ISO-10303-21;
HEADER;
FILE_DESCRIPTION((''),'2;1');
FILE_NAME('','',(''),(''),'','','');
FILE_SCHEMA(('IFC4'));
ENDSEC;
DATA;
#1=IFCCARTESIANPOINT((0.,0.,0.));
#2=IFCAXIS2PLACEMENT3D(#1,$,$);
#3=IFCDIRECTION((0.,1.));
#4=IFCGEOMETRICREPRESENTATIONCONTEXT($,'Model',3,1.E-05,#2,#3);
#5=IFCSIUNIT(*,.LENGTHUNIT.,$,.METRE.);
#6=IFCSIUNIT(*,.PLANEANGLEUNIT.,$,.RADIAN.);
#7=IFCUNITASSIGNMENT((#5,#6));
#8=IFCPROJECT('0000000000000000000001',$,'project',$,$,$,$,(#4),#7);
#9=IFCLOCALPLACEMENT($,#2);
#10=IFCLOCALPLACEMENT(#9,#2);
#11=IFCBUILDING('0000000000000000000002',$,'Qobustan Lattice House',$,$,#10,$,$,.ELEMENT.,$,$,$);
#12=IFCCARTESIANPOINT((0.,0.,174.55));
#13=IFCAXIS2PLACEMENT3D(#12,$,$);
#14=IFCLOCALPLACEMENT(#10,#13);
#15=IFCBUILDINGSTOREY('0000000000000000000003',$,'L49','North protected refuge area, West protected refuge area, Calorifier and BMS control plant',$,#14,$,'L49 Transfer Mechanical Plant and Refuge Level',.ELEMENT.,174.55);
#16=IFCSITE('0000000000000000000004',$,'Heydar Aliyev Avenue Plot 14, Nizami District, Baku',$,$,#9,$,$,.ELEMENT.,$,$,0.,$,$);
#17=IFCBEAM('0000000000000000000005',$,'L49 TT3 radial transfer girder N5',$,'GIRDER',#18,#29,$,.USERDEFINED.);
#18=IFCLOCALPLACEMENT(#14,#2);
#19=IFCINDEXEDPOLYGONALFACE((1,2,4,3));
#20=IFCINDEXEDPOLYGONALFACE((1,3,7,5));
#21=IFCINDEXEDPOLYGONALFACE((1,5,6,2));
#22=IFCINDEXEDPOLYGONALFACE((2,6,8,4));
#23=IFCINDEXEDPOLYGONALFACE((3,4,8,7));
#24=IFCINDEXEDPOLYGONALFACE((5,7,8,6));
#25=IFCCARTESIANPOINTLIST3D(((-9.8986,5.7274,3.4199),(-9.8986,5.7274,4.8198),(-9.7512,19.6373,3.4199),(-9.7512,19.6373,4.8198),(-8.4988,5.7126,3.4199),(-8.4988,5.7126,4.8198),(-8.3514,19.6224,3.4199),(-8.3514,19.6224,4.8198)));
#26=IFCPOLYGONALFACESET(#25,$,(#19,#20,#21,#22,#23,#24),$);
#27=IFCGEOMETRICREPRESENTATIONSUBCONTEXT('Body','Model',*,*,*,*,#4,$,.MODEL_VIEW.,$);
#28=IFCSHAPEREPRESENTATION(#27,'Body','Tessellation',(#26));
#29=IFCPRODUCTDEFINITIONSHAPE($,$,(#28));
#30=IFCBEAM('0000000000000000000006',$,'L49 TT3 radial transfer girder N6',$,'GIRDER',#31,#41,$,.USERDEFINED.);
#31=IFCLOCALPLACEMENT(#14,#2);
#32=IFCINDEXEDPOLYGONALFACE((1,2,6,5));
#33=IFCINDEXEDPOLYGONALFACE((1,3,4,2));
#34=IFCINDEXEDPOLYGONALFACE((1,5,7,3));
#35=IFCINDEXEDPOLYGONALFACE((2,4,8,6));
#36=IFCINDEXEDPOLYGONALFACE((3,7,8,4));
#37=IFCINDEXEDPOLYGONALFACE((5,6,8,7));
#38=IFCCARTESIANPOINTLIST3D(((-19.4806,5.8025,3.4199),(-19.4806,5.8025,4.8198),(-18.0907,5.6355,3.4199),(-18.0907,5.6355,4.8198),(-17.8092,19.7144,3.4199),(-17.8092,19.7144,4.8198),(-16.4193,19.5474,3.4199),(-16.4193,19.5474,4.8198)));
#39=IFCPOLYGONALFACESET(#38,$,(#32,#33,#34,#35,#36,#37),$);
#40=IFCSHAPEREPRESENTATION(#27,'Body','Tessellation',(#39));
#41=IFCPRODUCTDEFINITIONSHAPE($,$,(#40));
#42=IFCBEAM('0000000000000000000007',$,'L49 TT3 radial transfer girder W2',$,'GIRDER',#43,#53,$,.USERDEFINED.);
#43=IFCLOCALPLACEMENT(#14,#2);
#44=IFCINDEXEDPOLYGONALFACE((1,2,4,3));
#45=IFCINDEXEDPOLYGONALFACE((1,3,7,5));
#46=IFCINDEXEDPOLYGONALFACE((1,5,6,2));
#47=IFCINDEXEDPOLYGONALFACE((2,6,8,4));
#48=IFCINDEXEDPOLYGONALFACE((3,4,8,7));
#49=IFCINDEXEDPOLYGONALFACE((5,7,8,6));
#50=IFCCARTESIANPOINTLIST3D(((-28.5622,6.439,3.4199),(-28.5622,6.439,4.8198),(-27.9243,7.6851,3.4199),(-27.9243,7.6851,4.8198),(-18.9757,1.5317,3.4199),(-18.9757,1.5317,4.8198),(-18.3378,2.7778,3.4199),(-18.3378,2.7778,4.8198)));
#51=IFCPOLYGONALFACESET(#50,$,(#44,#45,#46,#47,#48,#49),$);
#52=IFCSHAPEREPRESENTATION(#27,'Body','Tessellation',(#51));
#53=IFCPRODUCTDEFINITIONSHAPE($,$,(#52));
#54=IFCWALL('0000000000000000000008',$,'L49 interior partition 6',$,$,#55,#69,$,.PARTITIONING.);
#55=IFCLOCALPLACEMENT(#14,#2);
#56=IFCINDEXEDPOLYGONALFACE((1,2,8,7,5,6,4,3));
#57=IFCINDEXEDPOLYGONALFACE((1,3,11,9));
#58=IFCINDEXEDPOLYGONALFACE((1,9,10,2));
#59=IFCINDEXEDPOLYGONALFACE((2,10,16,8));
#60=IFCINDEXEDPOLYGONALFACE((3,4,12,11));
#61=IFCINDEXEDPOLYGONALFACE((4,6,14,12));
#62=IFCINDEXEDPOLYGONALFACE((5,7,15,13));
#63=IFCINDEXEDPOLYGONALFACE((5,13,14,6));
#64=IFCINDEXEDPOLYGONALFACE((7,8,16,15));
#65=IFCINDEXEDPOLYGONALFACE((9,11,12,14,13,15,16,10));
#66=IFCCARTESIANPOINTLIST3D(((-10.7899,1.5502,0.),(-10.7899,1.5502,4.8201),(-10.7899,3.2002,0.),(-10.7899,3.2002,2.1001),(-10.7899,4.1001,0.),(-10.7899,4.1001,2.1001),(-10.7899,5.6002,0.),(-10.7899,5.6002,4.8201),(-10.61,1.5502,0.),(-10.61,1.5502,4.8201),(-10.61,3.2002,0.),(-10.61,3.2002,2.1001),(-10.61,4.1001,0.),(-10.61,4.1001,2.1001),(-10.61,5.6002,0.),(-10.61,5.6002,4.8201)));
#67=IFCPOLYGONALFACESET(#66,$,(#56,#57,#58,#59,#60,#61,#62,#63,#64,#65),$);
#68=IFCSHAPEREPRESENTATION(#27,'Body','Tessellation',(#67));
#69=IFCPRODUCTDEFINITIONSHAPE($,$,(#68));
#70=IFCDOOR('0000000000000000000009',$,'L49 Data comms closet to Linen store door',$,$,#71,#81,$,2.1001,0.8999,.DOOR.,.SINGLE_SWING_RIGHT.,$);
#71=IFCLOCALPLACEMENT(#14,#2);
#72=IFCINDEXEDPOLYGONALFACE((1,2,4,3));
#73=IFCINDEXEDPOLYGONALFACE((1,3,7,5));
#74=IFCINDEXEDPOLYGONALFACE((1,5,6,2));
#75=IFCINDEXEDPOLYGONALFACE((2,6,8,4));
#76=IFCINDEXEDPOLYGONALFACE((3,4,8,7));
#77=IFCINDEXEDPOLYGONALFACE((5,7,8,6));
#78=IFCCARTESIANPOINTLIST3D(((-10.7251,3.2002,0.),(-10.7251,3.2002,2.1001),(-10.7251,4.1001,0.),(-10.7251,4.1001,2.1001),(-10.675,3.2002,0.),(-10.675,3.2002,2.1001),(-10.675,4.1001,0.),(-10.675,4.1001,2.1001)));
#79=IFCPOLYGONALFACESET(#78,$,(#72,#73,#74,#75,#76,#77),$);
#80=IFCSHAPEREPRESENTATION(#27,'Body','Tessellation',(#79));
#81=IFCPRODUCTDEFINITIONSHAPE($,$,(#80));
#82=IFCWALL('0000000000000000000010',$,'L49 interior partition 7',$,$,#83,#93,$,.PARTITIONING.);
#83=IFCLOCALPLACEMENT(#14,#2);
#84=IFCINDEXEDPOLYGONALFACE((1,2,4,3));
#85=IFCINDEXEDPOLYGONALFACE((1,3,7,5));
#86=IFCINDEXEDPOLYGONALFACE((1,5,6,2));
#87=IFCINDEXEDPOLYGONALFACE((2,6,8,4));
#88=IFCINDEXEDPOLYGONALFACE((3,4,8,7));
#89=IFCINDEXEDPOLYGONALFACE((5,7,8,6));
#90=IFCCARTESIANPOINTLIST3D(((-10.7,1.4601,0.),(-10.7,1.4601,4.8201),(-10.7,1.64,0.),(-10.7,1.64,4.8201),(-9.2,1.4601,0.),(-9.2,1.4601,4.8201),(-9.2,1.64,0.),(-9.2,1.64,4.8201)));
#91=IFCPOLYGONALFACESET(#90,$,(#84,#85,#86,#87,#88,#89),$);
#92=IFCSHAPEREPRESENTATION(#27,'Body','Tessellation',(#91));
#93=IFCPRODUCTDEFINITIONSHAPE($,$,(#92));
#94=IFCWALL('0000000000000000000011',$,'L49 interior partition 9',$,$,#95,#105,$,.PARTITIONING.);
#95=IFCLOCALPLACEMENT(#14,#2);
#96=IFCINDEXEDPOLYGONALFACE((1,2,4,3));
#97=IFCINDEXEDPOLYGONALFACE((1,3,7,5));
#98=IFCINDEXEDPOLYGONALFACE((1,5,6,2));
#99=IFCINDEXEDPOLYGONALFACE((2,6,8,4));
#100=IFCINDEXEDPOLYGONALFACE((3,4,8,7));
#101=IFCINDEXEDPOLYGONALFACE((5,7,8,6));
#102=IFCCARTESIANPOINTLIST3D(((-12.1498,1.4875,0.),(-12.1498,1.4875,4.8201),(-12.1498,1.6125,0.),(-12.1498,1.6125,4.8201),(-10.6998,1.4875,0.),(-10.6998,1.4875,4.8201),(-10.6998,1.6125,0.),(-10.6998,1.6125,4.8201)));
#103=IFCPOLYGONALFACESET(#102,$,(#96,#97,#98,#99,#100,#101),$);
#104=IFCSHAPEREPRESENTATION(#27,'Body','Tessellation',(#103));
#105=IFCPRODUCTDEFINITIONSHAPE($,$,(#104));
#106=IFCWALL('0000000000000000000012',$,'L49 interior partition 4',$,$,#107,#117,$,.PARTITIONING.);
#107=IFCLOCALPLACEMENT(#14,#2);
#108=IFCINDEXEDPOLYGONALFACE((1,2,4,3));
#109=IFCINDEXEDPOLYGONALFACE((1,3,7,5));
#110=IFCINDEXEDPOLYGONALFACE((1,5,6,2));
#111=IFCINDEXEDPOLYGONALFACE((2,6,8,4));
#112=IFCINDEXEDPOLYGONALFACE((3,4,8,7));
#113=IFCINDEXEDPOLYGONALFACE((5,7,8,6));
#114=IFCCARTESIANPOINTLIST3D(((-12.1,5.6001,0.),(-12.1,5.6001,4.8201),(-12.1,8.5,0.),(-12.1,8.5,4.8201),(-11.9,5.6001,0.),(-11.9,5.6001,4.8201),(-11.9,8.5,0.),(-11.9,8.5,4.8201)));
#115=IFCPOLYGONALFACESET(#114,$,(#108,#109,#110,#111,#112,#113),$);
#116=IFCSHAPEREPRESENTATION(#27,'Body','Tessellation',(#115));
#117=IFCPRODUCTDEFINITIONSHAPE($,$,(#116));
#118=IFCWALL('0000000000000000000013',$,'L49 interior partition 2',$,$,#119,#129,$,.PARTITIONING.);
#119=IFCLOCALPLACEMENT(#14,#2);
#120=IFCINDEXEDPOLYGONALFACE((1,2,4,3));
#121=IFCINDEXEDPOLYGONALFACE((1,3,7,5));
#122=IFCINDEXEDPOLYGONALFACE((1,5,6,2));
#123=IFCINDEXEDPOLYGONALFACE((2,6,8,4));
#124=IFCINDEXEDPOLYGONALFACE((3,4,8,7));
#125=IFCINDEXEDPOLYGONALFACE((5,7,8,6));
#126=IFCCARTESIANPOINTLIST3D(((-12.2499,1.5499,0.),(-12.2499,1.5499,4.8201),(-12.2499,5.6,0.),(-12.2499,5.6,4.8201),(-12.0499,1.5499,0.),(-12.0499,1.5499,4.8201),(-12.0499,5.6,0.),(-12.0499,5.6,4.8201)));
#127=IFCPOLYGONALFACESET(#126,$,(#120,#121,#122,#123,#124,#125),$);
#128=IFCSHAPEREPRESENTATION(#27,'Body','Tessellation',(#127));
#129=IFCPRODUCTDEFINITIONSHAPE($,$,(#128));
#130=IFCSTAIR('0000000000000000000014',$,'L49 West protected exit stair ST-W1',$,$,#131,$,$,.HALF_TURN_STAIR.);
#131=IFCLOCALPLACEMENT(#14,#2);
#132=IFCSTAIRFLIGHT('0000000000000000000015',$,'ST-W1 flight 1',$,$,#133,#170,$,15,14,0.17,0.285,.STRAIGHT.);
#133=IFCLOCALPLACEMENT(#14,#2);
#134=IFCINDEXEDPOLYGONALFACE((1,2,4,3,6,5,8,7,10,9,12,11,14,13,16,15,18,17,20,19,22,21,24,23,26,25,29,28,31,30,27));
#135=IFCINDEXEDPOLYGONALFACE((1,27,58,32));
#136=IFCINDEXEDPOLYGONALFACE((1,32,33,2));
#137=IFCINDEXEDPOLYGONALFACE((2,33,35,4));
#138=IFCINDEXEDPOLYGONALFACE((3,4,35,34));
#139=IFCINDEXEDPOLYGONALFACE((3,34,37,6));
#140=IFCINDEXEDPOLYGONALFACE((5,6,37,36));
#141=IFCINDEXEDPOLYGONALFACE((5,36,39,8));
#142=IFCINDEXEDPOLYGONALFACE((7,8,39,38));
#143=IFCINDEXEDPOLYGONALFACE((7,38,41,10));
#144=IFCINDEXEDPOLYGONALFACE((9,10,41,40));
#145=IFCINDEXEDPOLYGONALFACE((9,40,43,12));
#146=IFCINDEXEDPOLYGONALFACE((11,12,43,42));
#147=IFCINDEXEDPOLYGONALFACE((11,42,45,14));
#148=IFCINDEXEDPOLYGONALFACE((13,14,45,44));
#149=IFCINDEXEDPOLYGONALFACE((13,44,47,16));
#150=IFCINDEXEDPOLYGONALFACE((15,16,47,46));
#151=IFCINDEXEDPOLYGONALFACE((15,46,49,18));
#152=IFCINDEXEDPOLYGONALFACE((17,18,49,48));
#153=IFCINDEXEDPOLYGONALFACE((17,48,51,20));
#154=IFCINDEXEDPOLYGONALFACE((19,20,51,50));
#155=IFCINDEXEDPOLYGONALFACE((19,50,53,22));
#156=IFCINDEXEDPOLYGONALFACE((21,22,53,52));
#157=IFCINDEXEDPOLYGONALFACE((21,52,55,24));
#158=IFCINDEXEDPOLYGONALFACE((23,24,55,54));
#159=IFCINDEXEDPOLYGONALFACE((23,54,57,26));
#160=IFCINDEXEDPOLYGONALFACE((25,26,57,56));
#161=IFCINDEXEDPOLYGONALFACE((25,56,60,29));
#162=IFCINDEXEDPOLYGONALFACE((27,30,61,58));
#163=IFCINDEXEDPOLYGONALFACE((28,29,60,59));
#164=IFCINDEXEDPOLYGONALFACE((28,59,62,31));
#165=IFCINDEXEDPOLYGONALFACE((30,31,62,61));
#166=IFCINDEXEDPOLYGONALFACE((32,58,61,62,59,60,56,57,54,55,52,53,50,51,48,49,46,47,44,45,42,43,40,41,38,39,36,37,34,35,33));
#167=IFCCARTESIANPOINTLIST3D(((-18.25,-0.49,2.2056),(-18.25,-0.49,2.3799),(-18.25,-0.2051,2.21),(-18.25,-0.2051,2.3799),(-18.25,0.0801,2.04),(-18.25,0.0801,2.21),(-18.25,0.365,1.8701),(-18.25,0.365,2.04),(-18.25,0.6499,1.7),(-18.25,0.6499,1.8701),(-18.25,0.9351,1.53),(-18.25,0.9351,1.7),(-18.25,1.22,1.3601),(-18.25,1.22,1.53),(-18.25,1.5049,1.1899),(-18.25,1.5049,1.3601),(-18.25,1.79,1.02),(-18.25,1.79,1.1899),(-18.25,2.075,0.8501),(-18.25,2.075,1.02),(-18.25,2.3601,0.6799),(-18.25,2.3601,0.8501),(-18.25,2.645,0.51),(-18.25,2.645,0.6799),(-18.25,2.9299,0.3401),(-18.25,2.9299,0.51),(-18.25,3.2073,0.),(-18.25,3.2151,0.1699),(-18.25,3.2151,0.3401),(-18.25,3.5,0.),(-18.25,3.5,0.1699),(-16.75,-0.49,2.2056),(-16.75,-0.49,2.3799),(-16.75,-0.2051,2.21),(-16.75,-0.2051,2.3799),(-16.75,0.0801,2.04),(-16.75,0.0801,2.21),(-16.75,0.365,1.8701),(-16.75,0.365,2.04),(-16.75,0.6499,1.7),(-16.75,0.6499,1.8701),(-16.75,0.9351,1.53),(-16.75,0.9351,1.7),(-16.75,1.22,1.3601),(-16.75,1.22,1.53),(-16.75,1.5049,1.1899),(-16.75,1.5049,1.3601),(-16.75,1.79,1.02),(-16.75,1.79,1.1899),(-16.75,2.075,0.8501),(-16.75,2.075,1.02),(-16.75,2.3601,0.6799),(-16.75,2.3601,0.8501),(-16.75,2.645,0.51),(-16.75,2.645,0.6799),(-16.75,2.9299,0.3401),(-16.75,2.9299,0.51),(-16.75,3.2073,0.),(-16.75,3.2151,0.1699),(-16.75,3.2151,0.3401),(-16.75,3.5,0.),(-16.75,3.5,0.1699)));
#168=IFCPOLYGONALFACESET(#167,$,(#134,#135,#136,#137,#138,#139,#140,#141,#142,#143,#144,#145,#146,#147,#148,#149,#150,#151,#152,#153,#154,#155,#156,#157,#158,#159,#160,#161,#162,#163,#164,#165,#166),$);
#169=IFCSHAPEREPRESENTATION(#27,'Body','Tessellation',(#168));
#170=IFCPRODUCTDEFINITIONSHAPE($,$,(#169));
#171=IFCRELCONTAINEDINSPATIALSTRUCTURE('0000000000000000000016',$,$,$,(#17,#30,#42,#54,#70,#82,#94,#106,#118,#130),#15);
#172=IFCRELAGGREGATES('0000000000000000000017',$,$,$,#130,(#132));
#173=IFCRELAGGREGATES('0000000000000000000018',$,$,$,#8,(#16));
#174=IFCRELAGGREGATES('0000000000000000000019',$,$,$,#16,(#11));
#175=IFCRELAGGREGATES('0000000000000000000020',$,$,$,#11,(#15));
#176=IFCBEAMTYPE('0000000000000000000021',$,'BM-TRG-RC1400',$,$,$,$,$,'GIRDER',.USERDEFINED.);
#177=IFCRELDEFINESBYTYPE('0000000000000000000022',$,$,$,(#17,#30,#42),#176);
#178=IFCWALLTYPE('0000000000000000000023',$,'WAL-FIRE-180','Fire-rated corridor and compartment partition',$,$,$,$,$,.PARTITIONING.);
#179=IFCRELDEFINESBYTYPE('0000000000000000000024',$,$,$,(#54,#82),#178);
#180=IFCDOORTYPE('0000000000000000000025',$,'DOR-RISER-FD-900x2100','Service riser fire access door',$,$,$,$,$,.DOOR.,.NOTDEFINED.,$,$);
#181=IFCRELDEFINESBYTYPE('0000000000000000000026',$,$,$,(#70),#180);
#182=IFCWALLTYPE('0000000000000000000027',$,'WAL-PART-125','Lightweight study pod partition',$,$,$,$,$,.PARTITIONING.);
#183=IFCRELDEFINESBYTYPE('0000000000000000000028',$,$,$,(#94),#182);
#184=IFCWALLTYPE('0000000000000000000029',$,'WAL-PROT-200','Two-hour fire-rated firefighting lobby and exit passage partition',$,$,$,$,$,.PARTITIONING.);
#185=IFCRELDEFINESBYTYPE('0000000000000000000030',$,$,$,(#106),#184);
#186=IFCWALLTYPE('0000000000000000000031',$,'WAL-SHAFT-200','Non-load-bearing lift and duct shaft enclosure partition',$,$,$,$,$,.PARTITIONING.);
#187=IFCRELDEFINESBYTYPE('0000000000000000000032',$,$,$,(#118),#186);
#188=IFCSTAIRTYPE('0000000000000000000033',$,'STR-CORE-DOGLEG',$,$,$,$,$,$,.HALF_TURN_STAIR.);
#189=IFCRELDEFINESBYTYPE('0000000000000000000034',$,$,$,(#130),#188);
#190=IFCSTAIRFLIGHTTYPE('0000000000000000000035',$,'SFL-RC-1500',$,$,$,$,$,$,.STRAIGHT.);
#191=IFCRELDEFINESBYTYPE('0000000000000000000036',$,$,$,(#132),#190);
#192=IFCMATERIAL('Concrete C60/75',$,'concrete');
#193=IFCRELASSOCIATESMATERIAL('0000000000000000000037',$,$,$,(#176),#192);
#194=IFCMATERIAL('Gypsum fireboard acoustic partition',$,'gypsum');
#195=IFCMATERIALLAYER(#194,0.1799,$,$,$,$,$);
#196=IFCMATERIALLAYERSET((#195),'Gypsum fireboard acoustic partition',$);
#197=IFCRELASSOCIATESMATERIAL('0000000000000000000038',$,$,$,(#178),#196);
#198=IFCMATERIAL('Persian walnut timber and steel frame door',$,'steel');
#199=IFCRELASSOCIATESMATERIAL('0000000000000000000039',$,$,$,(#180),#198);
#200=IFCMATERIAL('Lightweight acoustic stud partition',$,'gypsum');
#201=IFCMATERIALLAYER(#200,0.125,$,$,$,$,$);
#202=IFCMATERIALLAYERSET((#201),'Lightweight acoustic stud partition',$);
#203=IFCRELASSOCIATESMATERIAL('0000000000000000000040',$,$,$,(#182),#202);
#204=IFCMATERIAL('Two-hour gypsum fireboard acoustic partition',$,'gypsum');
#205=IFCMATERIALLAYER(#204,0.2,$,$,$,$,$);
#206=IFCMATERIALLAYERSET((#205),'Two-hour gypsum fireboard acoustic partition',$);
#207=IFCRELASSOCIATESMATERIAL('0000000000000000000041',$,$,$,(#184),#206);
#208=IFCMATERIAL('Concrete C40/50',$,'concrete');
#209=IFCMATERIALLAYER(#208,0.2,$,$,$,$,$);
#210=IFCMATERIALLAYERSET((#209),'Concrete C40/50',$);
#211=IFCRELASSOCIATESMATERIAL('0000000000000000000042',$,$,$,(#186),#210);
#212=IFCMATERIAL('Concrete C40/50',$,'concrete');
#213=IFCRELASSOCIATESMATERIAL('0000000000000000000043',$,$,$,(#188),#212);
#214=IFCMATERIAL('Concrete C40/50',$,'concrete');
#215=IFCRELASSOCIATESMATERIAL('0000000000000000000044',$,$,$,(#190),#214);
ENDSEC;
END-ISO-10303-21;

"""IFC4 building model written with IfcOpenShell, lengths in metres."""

from ifc_helpers import new_model, si_unit, direction, frame, frame_2d, origin, origin_2d, place, context, subcontext, project, spatial, polyline, rectangle, outline, extrude, material, layer, layer_set, material_profile, profile_set, type_object, element, fill, aggregate, save


model = new_model("IFC4")

# Units and contexts
model_context = context("Model", 3, precision=1e-05, world=origin(), true_north=direction((0.0, 1.0)))
body_context = subcontext(model_context, "Body", "Model", "MODEL_VIEW")
ifc_project = project(units=[si_unit("LENGTHUNIT", "METRE"), si_unit("PLANEANGLEUNIT", "RADIAN")], contexts=[model_context])

# Site, building, storey
site_placement = place(None, origin())
site = spatial("IfcSite", under=ifc_project, at=site_placement, Name="Heydar Aliyev Avenue Plot 14, Nizami District, Baku", CompositionType="ELEMENT", RefElevation=0.0)
building_placement = place(site_placement, origin())
building = spatial("IfcBuilding", under=site, at=building_placement, Name="Qobustan Lattice House", CompositionType="ELEMENT")
storey_placement = place(building_placement, frame((0.0, 0.0, 174.55)))
storey = spatial("IfcBuildingStorey", under=building, at=storey_placement, Name="L49", Description="North protected refuge area, West protected refuge area, Calorifier and BMS control plant", LongName="L49 Transfer Mechanical Plant and Refuge Level", CompositionType="ELEMENT", Elevation=174.55)

# Beams
ifc_material_1 = material(Name="Concrete C60/75", Category="concrete")
ifc_material_profile_1 = material_profile(ifc_material_1, rectangle(XDim=1.3999, YDim=1.3999, at=origin_2d()), Name="RC1400x1400")
ifc_profile_set_1 = profile_set([ifc_material_profile_1], Name="Concrete C60/75")
beam_type_1 = type_object("IfcBeamType", Name="BM-TRG-RC1400", ElementType="GIRDER", PredefinedType="USERDEFINED", material=ifc_profile_set_1)
beam_1_placement = place(storey_placement, frame((-9.1987, 5.72, 4.1199), z_axis=(0.010601, 0.999944, 0.0), x_axis=(-0.999944, 0.010601, 0.0)))
element("IfcBeam", 1, at=beam_1_placement, inside=storey, type_object=beam_type_1, Name="L49 TT3 radial transfer girder N5", ObjectType="GIRDER", PredefinedType="USERDEFINED", context=body_context, shape_type="SweptSolid", body=[
    extrude(rectangle(XDim=1.3999, YDim=1.3999, at=origin_2d()), origin(), (0.0, 0.0, 1.0), 13.9106),
])
beam_2_placement = place(storey_placement, frame((-18.7856, 5.719, 4.1199), z_axis=(0.119283, 0.99286, 0.0), x_axis=(-0.99286, 0.119283, 0.0)))
element("IfcBeam", 2, at=beam_2_placement, inside=storey, type_object=beam_type_1, Name="L49 TT3 radial transfer girder N6", ObjectType="GIRDER", PredefinedType="USERDEFINED", context=body_context, shape_type="SweptSolid", body=[
    extrude(rectangle(XDim=1.3999, YDim=1.3999, at=origin_2d()), origin(), (0.0, 0.0, 1.0), 14.012),
])
beam_3_placement = place(storey_placement, frame((-18.6567, 2.1548, 4.1199), z_axis=(-0.890152, 0.455663, 0.0), x_axis=(-0.455663, -0.890152, 0.0)))
element("IfcBeam", 3, at=beam_3_placement, inside=storey, type_object=beam_type_1, Name="L49 TT3 radial transfer girder W2", ObjectType="GIRDER", PredefinedType="USERDEFINED", context=body_context, shape_type="SweptSolid", body=[
    extrude(rectangle(XDim=1.3999, YDim=1.3999, at=origin_2d()), origin(), (0.0, 0.0, 1.0), 10.7695),
])

# Wall, opening, door
ifc_material_2 = material(Name="Gypsum fireboard acoustic partition", Category="gypsum")
ifc_layer_1 = layer(ifc_material_2, 0.1799)
ifc_layer_set_1 = layer_set([ifc_layer_1], Name="Gypsum fireboard acoustic partition")
wall_type_1 = type_object("IfcWallType", Name="WAL-FIRE-180", Description="Fire-rated corridor and compartment partition", PredefinedType="PARTITIONING", material=ifc_layer_set_1)
wall_1_placement = place(storey_placement, frame((-10.7, 5.6001, 0.0), z_axis=(0.0, 0.0, 1.0), x_axis=(0.0, -1.0, 0.0)))
wall_1 = element("IfcWall", 4, at=wall_1_placement, inside=storey, type_object=wall_type_1, Name="L49 interior partition 6", PredefinedType="PARTITIONING", context=body_context, shape_type="SweptSolid", body=[
    extrude(rectangle(XDim=4.05, YDim=0.1799, at=frame_2d((2.0249, 0.0))), origin(), (0.0, 0.0, 1.0), 4.8201),
])
opening_1_placement = place(wall_1_placement, frame((1.5, 0.0, 0.0)))
opening_1 = element("IfcOpeningElement", 5, at=opening_1_placement, cuts=wall_1, PredefinedType="OPENING", context=body_context, shape_type="SweptSolid", body=[
    extrude(rectangle(XDim=0.8999, YDim=2.1001, at=frame_2d((0.45, 1.05))), frame((0.0, 0.0999, 0.0), z_axis=(0.0, -1.0, 0.0), x_axis=(1.0, 0.0, 0.0)), (0.0, 0.0, 1.0), 0.2),
])
ifc_material_3 = material(Name="Persian walnut timber and steel frame door", Category="steel")
door_type_1 = type_object("IfcDoorType", Name="DOR-RISER-FD-900x2100", Description="Service riser fire access door", OperationType="NOTDEFINED", PredefinedType="DOOR", material=ifc_material_3)
door_1_placement = place(opening_1_placement, origin())
door_1 = element("IfcDoor", 6, at=door_1_placement, inside=storey, type_object=door_type_1, Name="L49 Data comms closet to Linen store door", OperationType="SINGLE_SWING_RIGHT", OverallHeight=2.1001, OverallWidth=0.8999, PredefinedType="DOOR", context=body_context, shape_type="SweptSolid", body=[
    extrude(rectangle(XDim=0.8999, YDim=2.1001, at=frame_2d((0.45, 1.05))), frame((0.0, 0.0249, 0.0), z_axis=(0.0, -1.0, 0.0), x_axis=(1.0, 0.0, 0.0)), (0.0, 0.0, 1.0), 0.05),
])
fill(opening_1, door_1)

# Walls
wall_2_placement = place(storey_placement, frame((-10.7, 1.55, 0.0), z_axis=(0.0, 0.0, 1.0), x_axis=(1.0, 0.0, 0.0)))
element("IfcWall", 7, at=wall_2_placement, inside=storey, type_object=wall_type_1, Name="L49 interior partition 7", PredefinedType="PARTITIONING", context=body_context, shape_type="SweptSolid", body=[
    extrude(rectangle(XDim=1.5, YDim=0.1799, at=frame_2d((0.75, 0.0))), origin(), (0.0, 0.0, 1.0), 4.8201),
])
ifc_material_4 = material(Name="Lightweight acoustic stud partition", Category="gypsum")
ifc_layer_2 = layer(ifc_material_4, 0.125)
ifc_layer_set_2 = layer_set([ifc_layer_2], Name="Lightweight acoustic stud partition")
wall_type_2 = type_object("IfcWallType", Name="WAL-PART-125", Description="Lightweight study pod partition", PredefinedType="PARTITIONING", material=ifc_layer_set_2)
wall_3_placement = place(storey_placement, frame((-12.1499, 1.55, 0.0), z_axis=(0.0, 0.0, 1.0), x_axis=(1.0, 0.0, 0.0)))
element("IfcWall", 8, at=wall_3_placement, inside=storey, type_object=wall_type_2, Name="L49 interior partition 9", PredefinedType="PARTITIONING", context=body_context, shape_type="SweptSolid", body=[
    extrude(rectangle(XDim=1.45, YDim=0.125, at=frame_2d((0.7251, 0.0))), origin(), (0.0, 0.0, 1.0), 4.8201),
])
ifc_material_5 = material(Name="Two-hour gypsum fireboard acoustic partition", Category="gypsum")
ifc_layer_3 = layer(ifc_material_5, 0.2)
ifc_layer_set_3 = layer_set([ifc_layer_3], Name="Two-hour gypsum fireboard acoustic partition")
wall_type_3 = type_object("IfcWallType", Name="WAL-PROT-200", Description="Two-hour fire-rated firefighting lobby and exit passage partition", PredefinedType="PARTITIONING", material=ifc_layer_set_3)
wall_4_placement = place(storey_placement, frame((-12.0, 5.6001, 0.0), z_axis=(0.0, 0.0, 1.0), x_axis=(0.0, 1.0, 0.0)))
element("IfcWall", 9, at=wall_4_placement, inside=storey, type_object=wall_type_3, Name="L49 interior partition 4", PredefinedType="PARTITIONING", context=body_context, shape_type="SweptSolid", body=[
    extrude(rectangle(XDim=2.8999, YDim=0.2, at=frame_2d((1.45, 0.0))), origin(), (0.0, 0.0, 1.0), 4.8201),
])

# Wall
ifc_material_6 = material(Name="Concrete C40/50", Category="concrete")
ifc_layer_4 = layer(ifc_material_6, 0.2)
ifc_layer_set_4 = layer_set([ifc_layer_4], Name="Concrete C40/50")
wall_type_4 = type_object("IfcWallType", Name="WAL-SHAFT-200", Description="Non-load-bearing lift and duct shaft enclosure partition", PredefinedType="PARTITIONING", material=ifc_layer_set_4)
wall_5_placement = place(storey_placement, frame((-12.1499, 1.55, 0.0), z_axis=(0.0, 0.0, 1.0), x_axis=(0.0, 1.0, 0.0)))
element("IfcWall", 10, at=wall_5_placement, inside=storey, type_object=wall_type_4, Name="L49 interior partition 2", PredefinedType="PARTITIONING", context=body_context, shape_type="SweptSolid", body=[
    extrude(rectangle(XDim=4.05, YDim=0.2, at=frame_2d((2.0249, 0.0))), origin(), (0.0, 0.0, 1.0), 4.8201),
])

# Stair, stair flight
ifc_material_7 = material(Name="Concrete C40/50", Category="concrete")
stair_type = type_object("IfcStairType", Name="STR-CORE-DOGLEG", PredefinedType="HALF_TURN_STAIR", material=ifc_material_7)
stair_placement = place(storey_placement, origin())
stair = element("IfcStair", 11, at=stair_placement, inside=storey, type_object=stair_type, Name="L49 West protected exit stair ST-W1", PredefinedType="HALF_TURN_STAIR")
ifc_material_8 = material(Name="Concrete C40/50", Category="concrete")
stair_flight_type = type_object("IfcStairFlightType", Name="SFL-RC-1500", PredefinedType="STRAIGHT", material=ifc_material_8)
stair_flight_placement = place(storey_placement, frame((-17.5, 3.5, 0.0), z_axis=(0.0, 0.0, 1.0), x_axis=(0.0, -1.0, 0.0)))
stair_flight = element("IfcStairFlight", 12, at=stair_flight_placement, type_object=stair_flight_type, Name="ST-W1 flight 1", NumberOfRisers=15, NumberOfTreads=14, PredefinedType="STRAIGHT", RiserHeight=0.17, TreadLength=0.285, context=body_context, shape_type="SweptSolid", body=[
    extrude(outline(polyline([(0.0, 0.0), (0.0, 0.1699), (0.2849, 0.1699), (0.2849, 0.3401), (0.5701, 0.3401), (0.5701, 0.51), (0.855, 0.51), (0.855, 0.6799), (1.1399, 0.6799), (1.1399, 0.8501), (1.425, 0.8501), (1.425, 1.02), (1.71, 1.02), (1.71, 1.1899), (1.9951, 1.1899), (1.9951, 1.3601), (2.28, 1.3601), (2.28, 1.53), (2.5649, 1.53), (2.5649, 1.7), (2.8501, 1.7), (2.8501, 1.8701), (3.135, 1.8701), (3.135, 2.04), (3.4199, 2.04), (3.4199, 2.21), (3.7051, 2.21), (3.7051, 2.3799), (3.99, 2.3799), (3.99, 2.55), (3.99, 2.2056), (0.2927, 0.0), (0.0, 0.0)])), frame((0.0, 0.75, 0.0), z_axis=(0.0, -1.0, 0.0), x_axis=(1.0, 0.0, 0.0)), (0.0, 0.0, 1.0), 1.5),
])
aggregate(stair, [stair_flight])

save(model, "model.ifc")
